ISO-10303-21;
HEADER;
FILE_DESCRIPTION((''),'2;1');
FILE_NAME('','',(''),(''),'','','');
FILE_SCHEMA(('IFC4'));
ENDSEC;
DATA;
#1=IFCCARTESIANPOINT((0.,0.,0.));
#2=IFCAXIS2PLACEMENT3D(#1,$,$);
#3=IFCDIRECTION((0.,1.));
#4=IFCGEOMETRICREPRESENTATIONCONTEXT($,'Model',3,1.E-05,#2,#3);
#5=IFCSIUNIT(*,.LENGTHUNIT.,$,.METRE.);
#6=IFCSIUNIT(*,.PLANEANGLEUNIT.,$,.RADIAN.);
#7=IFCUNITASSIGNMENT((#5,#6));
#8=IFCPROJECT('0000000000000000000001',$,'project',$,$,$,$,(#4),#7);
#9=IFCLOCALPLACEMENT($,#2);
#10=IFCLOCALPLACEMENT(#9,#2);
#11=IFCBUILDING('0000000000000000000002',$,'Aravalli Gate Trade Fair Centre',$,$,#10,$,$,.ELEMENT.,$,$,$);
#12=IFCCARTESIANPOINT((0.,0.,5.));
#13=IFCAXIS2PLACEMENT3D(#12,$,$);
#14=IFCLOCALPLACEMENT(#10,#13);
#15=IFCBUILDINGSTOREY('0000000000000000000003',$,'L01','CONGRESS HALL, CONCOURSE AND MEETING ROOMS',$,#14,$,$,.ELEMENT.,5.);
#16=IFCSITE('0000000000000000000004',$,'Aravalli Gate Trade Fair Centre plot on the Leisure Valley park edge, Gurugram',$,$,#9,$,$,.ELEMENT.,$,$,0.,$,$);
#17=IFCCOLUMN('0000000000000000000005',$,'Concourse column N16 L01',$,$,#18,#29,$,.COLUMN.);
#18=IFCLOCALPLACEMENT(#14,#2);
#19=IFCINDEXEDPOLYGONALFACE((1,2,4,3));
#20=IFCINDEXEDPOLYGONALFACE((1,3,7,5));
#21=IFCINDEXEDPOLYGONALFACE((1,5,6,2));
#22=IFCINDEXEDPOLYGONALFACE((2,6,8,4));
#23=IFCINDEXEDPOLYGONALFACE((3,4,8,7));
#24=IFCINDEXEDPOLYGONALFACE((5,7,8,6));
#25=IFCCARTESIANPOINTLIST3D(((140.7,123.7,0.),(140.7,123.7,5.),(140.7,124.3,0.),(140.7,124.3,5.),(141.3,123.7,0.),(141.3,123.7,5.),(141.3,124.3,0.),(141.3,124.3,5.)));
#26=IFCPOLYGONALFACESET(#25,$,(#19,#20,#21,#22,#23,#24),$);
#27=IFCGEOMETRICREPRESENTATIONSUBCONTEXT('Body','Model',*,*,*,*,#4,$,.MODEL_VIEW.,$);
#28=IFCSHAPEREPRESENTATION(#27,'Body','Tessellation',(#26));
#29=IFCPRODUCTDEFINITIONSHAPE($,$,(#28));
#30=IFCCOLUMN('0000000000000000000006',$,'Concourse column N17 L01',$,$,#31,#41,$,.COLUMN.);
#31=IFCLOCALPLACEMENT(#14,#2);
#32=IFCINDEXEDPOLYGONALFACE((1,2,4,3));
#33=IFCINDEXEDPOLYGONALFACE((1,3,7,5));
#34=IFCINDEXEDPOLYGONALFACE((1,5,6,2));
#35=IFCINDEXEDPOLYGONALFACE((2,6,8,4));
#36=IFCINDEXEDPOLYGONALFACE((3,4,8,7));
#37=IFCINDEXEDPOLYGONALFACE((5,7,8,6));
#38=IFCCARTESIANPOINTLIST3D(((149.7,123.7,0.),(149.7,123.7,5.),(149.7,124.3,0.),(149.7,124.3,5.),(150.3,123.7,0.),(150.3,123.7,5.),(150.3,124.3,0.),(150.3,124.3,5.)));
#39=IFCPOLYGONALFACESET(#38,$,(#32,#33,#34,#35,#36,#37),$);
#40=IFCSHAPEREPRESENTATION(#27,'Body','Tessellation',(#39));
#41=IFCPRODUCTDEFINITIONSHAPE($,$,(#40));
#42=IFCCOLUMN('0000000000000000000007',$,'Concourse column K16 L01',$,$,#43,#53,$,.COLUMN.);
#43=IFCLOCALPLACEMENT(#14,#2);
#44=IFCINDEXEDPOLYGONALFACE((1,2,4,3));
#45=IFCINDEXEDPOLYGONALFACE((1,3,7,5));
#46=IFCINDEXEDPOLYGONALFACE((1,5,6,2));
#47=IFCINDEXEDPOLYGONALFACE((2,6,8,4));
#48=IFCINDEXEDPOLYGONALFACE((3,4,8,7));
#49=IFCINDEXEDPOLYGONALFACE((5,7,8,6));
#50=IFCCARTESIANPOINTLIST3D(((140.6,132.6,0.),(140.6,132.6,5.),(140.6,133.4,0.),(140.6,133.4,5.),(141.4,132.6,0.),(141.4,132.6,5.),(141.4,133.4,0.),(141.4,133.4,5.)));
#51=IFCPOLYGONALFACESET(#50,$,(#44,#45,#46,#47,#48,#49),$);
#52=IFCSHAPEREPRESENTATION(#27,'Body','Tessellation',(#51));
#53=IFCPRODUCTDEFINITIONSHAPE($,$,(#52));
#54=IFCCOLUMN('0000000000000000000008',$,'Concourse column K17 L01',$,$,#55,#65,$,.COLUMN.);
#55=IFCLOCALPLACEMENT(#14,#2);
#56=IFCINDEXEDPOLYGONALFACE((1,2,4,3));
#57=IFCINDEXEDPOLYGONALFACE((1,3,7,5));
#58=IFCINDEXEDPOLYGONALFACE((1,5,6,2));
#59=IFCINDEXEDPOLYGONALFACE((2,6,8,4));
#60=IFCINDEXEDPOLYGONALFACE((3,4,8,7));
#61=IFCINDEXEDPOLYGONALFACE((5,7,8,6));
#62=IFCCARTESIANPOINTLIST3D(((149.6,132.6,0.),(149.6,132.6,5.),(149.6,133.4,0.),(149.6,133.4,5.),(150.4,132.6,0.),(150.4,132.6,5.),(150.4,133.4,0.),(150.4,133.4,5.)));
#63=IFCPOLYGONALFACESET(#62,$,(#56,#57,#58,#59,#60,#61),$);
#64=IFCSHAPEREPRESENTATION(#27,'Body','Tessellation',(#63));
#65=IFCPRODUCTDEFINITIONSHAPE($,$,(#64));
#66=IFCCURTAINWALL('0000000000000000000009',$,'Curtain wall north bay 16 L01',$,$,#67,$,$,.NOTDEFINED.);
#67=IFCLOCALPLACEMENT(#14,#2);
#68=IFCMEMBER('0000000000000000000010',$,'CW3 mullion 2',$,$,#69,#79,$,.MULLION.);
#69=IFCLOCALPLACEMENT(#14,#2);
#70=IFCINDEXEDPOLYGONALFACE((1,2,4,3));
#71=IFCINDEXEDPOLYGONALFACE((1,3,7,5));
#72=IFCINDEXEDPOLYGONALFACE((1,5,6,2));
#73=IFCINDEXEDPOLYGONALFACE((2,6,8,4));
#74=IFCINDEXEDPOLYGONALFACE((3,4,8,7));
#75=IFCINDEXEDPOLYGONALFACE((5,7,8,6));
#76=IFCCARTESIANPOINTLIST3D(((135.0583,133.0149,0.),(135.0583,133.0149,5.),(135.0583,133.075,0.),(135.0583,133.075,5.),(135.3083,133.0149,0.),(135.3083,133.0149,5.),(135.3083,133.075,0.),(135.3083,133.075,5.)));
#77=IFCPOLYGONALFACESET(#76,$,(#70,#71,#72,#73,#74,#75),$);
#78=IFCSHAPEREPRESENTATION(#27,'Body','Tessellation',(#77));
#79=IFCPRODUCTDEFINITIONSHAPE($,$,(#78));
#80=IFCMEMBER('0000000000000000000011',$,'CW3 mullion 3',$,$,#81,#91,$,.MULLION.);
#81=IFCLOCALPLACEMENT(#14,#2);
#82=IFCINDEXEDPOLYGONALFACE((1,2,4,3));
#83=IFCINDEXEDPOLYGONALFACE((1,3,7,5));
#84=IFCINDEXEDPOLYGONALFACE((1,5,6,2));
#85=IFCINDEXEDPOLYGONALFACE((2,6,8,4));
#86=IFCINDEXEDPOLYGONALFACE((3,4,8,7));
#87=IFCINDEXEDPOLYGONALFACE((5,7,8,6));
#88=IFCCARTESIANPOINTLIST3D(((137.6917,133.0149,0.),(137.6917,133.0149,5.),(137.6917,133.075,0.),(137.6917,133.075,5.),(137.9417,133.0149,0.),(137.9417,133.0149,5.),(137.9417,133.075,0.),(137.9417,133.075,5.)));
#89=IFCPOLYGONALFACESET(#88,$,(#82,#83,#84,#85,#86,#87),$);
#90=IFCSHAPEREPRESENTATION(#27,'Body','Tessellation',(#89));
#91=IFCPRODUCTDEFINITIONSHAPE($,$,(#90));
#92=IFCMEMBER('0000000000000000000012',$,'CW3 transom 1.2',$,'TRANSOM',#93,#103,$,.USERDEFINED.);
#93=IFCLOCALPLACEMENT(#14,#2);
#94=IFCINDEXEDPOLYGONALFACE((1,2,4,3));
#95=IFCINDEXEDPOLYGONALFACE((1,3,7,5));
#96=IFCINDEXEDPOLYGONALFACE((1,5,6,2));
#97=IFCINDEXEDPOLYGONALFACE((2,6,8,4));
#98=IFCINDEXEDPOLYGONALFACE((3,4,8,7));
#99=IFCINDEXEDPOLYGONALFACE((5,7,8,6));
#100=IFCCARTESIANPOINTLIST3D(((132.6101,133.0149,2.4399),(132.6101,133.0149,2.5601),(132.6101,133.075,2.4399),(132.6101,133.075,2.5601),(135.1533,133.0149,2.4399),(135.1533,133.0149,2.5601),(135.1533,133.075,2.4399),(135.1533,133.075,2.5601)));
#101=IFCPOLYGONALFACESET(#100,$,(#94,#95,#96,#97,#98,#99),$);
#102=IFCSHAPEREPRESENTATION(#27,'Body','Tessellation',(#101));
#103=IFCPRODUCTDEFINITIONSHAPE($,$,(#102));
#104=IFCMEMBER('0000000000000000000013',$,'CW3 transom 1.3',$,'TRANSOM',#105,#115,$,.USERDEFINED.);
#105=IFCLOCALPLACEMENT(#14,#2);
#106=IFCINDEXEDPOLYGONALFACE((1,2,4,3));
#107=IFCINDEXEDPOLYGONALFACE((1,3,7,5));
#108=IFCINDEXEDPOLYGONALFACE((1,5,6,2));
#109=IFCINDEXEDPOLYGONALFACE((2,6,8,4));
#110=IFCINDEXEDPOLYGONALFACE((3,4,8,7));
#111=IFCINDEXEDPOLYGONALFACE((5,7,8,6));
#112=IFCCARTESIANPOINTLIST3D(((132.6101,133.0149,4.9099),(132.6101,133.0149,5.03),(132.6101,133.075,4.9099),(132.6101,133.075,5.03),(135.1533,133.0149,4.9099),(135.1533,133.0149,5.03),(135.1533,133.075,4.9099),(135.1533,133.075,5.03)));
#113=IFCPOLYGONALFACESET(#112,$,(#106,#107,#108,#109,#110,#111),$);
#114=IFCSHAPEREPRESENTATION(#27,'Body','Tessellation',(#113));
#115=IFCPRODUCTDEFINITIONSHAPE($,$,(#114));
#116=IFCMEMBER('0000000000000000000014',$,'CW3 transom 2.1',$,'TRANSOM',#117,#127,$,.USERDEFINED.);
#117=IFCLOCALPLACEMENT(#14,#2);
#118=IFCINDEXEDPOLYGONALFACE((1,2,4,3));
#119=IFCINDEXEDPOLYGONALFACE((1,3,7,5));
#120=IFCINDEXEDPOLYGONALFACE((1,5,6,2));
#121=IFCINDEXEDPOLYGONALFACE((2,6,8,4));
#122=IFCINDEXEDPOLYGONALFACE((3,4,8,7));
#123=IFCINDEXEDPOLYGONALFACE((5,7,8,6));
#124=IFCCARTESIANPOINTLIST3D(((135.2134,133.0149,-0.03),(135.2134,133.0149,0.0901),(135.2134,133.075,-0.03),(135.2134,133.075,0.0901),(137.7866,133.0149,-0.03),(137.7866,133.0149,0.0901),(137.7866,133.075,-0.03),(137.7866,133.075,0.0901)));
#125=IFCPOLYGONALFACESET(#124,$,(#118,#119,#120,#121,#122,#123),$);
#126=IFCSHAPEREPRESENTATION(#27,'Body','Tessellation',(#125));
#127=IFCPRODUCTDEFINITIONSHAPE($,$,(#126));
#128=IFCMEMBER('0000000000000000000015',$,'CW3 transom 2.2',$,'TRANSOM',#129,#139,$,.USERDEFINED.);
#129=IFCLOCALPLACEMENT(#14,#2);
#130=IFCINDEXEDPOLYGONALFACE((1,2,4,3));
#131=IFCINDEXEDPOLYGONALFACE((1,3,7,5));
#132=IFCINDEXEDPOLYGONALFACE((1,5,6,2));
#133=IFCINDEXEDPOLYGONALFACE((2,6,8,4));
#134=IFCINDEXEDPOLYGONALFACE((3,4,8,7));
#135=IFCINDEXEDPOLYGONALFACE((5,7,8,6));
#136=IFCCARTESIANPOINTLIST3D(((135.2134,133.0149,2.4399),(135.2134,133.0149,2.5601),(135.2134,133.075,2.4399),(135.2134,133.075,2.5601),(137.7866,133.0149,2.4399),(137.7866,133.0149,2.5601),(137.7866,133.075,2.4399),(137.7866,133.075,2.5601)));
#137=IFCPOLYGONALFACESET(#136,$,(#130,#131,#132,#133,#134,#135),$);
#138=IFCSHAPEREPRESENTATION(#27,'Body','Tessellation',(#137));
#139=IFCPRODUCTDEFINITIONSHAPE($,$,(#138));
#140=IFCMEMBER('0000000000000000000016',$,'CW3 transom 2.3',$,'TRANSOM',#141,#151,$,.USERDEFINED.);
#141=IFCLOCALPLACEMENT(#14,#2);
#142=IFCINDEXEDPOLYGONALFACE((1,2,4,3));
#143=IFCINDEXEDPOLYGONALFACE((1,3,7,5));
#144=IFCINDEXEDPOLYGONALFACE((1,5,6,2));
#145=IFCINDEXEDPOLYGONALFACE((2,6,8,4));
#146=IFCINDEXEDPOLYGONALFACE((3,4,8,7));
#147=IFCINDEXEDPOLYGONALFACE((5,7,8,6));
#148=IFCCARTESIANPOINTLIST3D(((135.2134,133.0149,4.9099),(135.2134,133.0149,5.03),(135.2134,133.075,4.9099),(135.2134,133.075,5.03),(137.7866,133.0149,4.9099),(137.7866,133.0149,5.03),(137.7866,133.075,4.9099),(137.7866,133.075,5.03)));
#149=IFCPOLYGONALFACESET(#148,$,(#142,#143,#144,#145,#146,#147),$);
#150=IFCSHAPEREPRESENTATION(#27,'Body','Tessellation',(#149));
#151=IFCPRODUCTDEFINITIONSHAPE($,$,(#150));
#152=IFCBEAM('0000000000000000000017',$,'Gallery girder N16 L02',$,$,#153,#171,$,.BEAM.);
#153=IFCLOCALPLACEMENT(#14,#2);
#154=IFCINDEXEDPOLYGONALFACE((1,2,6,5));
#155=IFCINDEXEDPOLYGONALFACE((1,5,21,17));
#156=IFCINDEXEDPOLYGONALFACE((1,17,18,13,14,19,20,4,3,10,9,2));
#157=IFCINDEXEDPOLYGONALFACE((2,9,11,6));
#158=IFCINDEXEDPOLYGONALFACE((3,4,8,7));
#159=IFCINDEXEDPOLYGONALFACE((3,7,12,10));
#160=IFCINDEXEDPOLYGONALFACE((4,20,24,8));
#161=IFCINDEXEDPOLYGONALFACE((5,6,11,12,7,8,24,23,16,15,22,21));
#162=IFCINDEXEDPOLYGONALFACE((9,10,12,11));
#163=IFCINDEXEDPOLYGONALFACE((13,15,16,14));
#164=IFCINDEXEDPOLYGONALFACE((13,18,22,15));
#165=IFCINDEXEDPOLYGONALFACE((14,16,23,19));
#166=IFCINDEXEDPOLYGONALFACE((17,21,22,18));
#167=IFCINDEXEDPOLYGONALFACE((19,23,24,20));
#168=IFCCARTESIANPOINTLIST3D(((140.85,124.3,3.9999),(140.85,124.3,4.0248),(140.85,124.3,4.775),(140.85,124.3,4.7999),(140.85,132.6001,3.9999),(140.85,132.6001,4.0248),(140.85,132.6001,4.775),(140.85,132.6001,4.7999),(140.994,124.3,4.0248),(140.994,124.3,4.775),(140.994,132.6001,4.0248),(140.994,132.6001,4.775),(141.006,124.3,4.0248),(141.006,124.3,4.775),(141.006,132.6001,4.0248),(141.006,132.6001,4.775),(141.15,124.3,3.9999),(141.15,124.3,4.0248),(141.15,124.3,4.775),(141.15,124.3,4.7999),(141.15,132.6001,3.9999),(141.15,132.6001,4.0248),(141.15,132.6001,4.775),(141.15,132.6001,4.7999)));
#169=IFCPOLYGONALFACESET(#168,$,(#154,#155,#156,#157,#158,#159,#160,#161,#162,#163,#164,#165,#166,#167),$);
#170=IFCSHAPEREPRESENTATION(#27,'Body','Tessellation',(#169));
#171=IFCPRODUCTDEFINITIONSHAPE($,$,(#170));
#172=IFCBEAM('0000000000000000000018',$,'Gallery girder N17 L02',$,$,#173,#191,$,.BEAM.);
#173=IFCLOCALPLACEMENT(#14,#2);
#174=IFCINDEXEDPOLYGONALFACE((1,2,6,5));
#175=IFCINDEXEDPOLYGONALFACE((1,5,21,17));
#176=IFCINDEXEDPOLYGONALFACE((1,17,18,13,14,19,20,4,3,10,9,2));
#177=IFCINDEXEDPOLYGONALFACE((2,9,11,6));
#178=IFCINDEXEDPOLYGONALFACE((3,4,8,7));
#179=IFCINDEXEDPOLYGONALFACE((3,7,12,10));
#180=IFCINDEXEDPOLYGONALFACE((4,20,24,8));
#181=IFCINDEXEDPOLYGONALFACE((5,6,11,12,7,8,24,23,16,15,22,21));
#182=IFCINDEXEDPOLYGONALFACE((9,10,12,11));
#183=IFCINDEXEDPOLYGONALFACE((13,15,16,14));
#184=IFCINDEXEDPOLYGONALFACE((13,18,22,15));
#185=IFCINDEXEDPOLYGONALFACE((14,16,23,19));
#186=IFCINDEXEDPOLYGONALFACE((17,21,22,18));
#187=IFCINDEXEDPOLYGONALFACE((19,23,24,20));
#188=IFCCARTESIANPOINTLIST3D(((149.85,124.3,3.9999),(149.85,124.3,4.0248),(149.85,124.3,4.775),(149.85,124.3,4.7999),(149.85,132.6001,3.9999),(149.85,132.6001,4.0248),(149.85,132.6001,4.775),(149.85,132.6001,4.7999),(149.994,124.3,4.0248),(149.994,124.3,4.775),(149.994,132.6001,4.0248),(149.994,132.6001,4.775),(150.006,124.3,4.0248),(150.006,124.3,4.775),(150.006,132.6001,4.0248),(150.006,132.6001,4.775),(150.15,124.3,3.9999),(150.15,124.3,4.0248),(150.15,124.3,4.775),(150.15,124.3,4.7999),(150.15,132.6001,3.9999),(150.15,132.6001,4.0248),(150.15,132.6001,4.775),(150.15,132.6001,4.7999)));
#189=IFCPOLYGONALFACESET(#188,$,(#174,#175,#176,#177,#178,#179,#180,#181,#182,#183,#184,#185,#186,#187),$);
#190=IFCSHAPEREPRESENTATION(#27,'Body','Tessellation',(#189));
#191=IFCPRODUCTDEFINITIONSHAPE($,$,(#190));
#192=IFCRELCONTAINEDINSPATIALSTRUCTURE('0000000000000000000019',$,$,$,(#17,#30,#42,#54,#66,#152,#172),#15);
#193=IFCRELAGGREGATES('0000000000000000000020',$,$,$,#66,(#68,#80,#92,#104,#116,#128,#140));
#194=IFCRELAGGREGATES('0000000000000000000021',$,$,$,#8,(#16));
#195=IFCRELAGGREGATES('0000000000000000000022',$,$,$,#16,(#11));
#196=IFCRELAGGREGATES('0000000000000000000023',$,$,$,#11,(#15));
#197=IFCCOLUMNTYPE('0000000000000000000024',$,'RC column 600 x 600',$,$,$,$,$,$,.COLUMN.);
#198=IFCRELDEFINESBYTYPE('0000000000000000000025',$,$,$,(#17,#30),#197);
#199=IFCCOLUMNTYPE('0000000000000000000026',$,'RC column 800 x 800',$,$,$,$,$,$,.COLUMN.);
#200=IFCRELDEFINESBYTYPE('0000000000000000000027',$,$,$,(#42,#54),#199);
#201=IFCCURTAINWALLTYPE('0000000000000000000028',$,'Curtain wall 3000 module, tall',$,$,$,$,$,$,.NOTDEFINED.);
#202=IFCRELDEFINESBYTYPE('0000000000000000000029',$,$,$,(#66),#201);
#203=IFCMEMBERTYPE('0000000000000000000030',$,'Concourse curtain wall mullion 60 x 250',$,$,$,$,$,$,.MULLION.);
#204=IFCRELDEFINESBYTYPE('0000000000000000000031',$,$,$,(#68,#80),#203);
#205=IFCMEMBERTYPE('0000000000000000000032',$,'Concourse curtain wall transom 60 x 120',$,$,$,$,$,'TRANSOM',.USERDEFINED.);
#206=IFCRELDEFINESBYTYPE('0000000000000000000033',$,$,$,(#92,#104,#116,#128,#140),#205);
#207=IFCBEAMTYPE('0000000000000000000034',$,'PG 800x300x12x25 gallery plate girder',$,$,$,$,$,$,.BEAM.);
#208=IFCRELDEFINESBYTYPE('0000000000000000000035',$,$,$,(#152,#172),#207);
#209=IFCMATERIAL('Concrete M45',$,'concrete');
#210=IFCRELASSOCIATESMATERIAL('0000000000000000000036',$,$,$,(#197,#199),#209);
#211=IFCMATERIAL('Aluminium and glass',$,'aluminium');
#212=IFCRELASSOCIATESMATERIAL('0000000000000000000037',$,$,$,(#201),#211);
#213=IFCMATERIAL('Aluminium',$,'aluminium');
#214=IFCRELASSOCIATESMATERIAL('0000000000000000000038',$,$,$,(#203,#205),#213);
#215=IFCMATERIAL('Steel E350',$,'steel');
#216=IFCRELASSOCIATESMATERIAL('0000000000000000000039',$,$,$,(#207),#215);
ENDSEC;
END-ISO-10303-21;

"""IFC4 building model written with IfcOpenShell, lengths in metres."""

from ifc_helpers import new_model, si_unit, direction, frame, origin, origin_2d, place, context, subcontext, project, spatial, rectangle, i_section, extrude, material, material_profile, profile_set, type_object, element, aggregate, save


model = new_model("IFC4")

# Units and contexts
model_context = context("Model", 3, precision=1e-05, world=origin(), true_north=direction((0.0, 1.0)))
body_context = subcontext(model_context, "Body", "Model", "MODEL_VIEW")
ifc_project = project(units=[si_unit("LENGTHUNIT", "METRE"), si_unit("PLANEANGLEUNIT", "RADIAN")], contexts=[model_context])

# Site, building, storey
site_placement = place(None, origin())
site = spatial("IfcSite", under=ifc_project, at=site_placement, Name="Aravalli Gate Trade Fair Centre plot on the Leisure Valley park edge, Gurugram", CompositionType="ELEMENT", RefElevation=0.0)
building_placement = place(site_placement, origin())
building = spatial("IfcBuilding", under=site, at=building_placement, Name="Aravalli Gate Trade Fair Centre", CompositionType="ELEMENT")
storey_placement = place(building_placement, frame((0.0, 0.0, 5.0)))
storey = spatial("IfcBuildingStorey", under=building, at=storey_placement, Name="L01", Description="CONGRESS HALL, CONCOURSE AND MEETING ROOMS", CompositionType="ELEMENT", Elevation=5.0)

# Columns
ifc_material_1 = material(Name="Concrete M45", Category="concrete")
ifc_material_profile_1 = material_profile(ifc_material_1, rectangle(XDim=0.6001, YDim=0.6001, at=origin_2d()), Name="RC column 600 x 600")
ifc_profile_set_1 = profile_set([ifc_material_profile_1], Name="Concrete M45")
column_type_1 = type_object("IfcColumnType", Name="RC column 600 x 600", PredefinedType="COLUMN", material=ifc_profile_set_1)
for number, where, z_axis, x_axis, name in (
    (1, (141.0, 124.0, 0.0), (0.0, 0.0, 1.0), (1.0, 0.0, 0.0), "Concourse column N16 L01"),
    (2, (150.0, 124.0, 0.0), (0.0, 0.0, 1.0), (1.0, 0.0, 0.0), "Concourse column N17 L01"),
):
    element("IfcColumn", number, at=place(storey_placement, frame(where, z_axis=z_axis, x_axis=x_axis)), inside=storey, type_object=column_type_1, Name=name, PredefinedType="COLUMN", context=body_context, shape_type="SweptSolid", body=[
        extrude(rectangle(XDim=0.6001, YDim=0.6001, at=origin_2d()), origin(), (0.0, 0.0, 1.0), 5.0),
    ])
ifc_material_profile_2 = material_profile(ifc_material_1, rectangle(XDim=0.8, YDim=0.8, at=origin_2d()), Name="RC column 800 x 800")
ifc_profile_set_2 = profile_set([ifc_material_profile_2], Name="Concrete M45")
column_type_2 = type_object("IfcColumnType", Name="RC column 800 x 800", PredefinedType="COLUMN", material=ifc_profile_set_2)
for number, where, z_axis, x_axis, name in (
    (3, (141.0, 133.0, 0.0), (0.0, 0.0, 1.0), (1.0, 0.0, 0.0), "Concourse column K16 L01"),
    (4, (150.0, 133.0, 0.0), (0.0, 0.0, 1.0), (1.0, 0.0, 0.0), "Concourse column K17 L01"),
):
    element("IfcColumn", number, at=place(storey_placement, frame(where, z_axis=z_axis, x_axis=x_axis)), inside=storey, type_object=column_type_2, Name=name, PredefinedType="COLUMN", context=body_context, shape_type="SweptSolid", body=[
        extrude(rectangle(XDim=0.8, YDim=0.8, at=origin_2d()), origin(), (0.0, 0.0, 1.0), 5.0),
    ])

# Curtain wall, members
ifc_material_2 = material(Name="Aluminium and glass", Category="aluminium")
curtain_wall_type = type_object("IfcCurtainWallType", Name="Curtain wall 3000 module, tall", PredefinedType="NOTDEFINED", material=ifc_material_2)
curtain_wall_placement = place(storey_placement, origin())
curtain_wall = element("IfcCurtainWall", 5, at=curtain_wall_placement, inside=storey, type_object=curtain_wall_type, Name="Curtain wall north bay 16 L01", PredefinedType="NOTDEFINED")
ifc_material_3 = material(Name="Aluminium", Category="aluminium")
ifc_material_profile_3 = material_profile(ifc_material_3, rectangle(XDim=0.0601, YDim=0.25, at=origin_2d()), Name="Concourse curtain wall mullion 60 x 250")
ifc_profile_set_3 = profile_set([ifc_material_profile_3], Name="Aluminium")
member_type_1 = type_object("IfcMemberType", Name="Concourse curtain wall mullion 60 x 250", PredefinedType="MULLION", material=ifc_profile_set_3)
member_1_placement = place(storey_placement, frame((135.1833, 133.0449, 0.0), z_axis=(0.0, 0.0, 1.0), x_axis=(0.0, 1.0, 0.0)))
member_1 = element("IfcMember", 6, at=member_1_placement, type_object=member_type_1, Name="CW3 mullion 2", PredefinedType="MULLION", context=body_context, shape_type="SweptSolid", body=[
    extrude(rectangle(XDim=0.0601, YDim=0.25, at=origin_2d()), origin(), (0.0, 0.0, 1.0), 5.0),
])
member_2_placement = place(storey_placement, frame((137.8167, 133.0449, 0.0), z_axis=(0.0, 0.0, 1.0), x_axis=(0.0, 1.0, 0.0)))
member_2 = element("IfcMember", 7, at=member_2_placement, type_object=member_type_1, Name="CW3 mullion 3", PredefinedType="MULLION", context=body_context, shape_type="SweptSolid", body=[
    extrude(rectangle(XDim=0.0601, YDim=0.25, at=origin_2d()), origin(), (0.0, 0.0, 1.0), 5.0),
])
ifc_material_profile_4 = material_profile(ifc_material_3, rectangle(XDim=0.0601, YDim=0.1201, at=origin_2d()), Name="Concourse curtain wall transom 60 x 120")
ifc_profile_set_4 = profile_set([ifc_material_profile_4], Name="Aluminium")
member_type_2 = type_object("IfcMemberType", Name="Concourse curtain wall transom 60 x 120", ElementType="TRANSOM", PredefinedType="USERDEFINED", material=ifc_profile_set_4)
member_3_placement = place(storey_placement, frame((132.6101, 133.0449, 2.5), z_axis=(1.0, 0.0, 0.0), x_axis=(0.0, 1.0, 0.0)))
member_3 = element("IfcMember", 8, at=member_3_placement, type_object=member_type_2, Name="CW3 transom 1.2", ObjectType="TRANSOM", PredefinedType="USERDEFINED", context=body_context, shape_type="SweptSolid", body=[
    extrude(rectangle(XDim=0.0601, YDim=0.1201, at=origin_2d()), origin(), (0.0, 0.0, 1.0), 2.5432),
])
member_4_placement = place(storey_placement, frame((132.6101, 133.0449, 4.97), z_axis=(1.0, 0.0, 0.0), x_axis=(0.0, 1.0, 0.0)))
member_4 = element("IfcMember", 9, at=member_4_placement, type_object=member_type_2, Name="CW3 transom 1.3", ObjectType="TRANSOM", PredefinedType="USERDEFINED", context=body_context, shape_type="SweptSolid", body=[
    extrude(rectangle(XDim=0.0601, YDim=0.1201, at=origin_2d()), origin(), (0.0, 0.0, 1.0), 2.5432),
])
member_5_placement = place(storey_placement, frame((135.2134, 133.0449, 0.03), z_axis=(1.0, 0.0, 0.0), x_axis=(0.0, 1.0, 0.0)))
member_5 = element("IfcMember", 10, at=member_5_placement, type_object=member_type_2, Name="CW3 transom 2.1", ObjectType="TRANSOM", PredefinedType="USERDEFINED", context=body_context, shape_type="SweptSolid", body=[
    extrude(rectangle(XDim=0.0601, YDim=0.1201, at=origin_2d()), origin(), (0.0, 0.0, 1.0), 2.5732),
])
member_6_placement = place(storey_placement, frame((135.2134, 133.0449, 2.5), z_axis=(1.0, 0.0, 0.0), x_axis=(0.0, 1.0, 0.0)))
member_6 = element("IfcMember", 11, at=member_6_placement, type_object=member_type_2, Name="CW3 transom 2.2", ObjectType="TRANSOM", PredefinedType="USERDEFINED", context=body_context, shape_type="SweptSolid", body=[
    extrude(rectangle(XDim=0.0601, YDim=0.1201, at=origin_2d()), origin(), (0.0, 0.0, 1.0), 2.5732),
])
member_7_placement = place(storey_placement, frame((135.2134, 133.0449, 4.97), z_axis=(1.0, 0.0, 0.0), x_axis=(0.0, 1.0, 0.0)))
member_7 = element("IfcMember", 12, at=member_7_placement, type_object=member_type_2, Name="CW3 transom 2.3", ObjectType="TRANSOM", PredefinedType="USERDEFINED", context=body_context, shape_type="SweptSolid", body=[
    extrude(rectangle(XDim=0.0601, YDim=0.1201, at=origin_2d()), origin(), (0.0, 0.0, 1.0), 2.5732),
])

# Beams
ifc_material_4 = material(Name="Steel E350", Category="steel")
ifc_material_profile_5 = material_profile(ifc_material_4, i_section(OverallWidth=0.3, OverallDepth=0.8, WebThickness=0.012, FlangeThickness=0.0249, at=origin_2d()), Name="PG 800x300x12x25")
ifc_profile_set_5 = profile_set([ifc_material_profile_5], Name="Steel E350")
beam_type = type_object("IfcBeamType", Name="PG 800x300x12x25 gallery plate girder", PredefinedType="BEAM", material=ifc_profile_set_5)
for number, where, z_axis, x_axis, name in (
    (13, (141.0, 124.3, 4.3999), (0.0, 1.0, 0.0), (-1.0, 0.0, 0.0), "Gallery girder N16 L02"),
    (14, (150.0, 124.3, 4.3999), (0.0, 1.0, 0.0), (-1.0, 0.0, 0.0), "Gallery girder N17 L02"),
):
    element("IfcBeam", number, at=place(storey_placement, frame(where, z_axis=z_axis, x_axis=x_axis)), inside=storey, type_object=beam_type, Name=name, PredefinedType="BEAM", context=body_context, shape_type="SweptSolid", body=[
        extrude(i_section(OverallWidth=0.3, OverallDepth=0.8, WebThickness=0.012, FlangeThickness=0.0249, at=origin_2d()), origin(), (0.0, 0.0, 1.0), 8.3),
    ])

aggregate(curtain_wall, [member_1, member_2, member_3, member_4, member_5, member_6, member_7])

save(model, "model.ifc")
